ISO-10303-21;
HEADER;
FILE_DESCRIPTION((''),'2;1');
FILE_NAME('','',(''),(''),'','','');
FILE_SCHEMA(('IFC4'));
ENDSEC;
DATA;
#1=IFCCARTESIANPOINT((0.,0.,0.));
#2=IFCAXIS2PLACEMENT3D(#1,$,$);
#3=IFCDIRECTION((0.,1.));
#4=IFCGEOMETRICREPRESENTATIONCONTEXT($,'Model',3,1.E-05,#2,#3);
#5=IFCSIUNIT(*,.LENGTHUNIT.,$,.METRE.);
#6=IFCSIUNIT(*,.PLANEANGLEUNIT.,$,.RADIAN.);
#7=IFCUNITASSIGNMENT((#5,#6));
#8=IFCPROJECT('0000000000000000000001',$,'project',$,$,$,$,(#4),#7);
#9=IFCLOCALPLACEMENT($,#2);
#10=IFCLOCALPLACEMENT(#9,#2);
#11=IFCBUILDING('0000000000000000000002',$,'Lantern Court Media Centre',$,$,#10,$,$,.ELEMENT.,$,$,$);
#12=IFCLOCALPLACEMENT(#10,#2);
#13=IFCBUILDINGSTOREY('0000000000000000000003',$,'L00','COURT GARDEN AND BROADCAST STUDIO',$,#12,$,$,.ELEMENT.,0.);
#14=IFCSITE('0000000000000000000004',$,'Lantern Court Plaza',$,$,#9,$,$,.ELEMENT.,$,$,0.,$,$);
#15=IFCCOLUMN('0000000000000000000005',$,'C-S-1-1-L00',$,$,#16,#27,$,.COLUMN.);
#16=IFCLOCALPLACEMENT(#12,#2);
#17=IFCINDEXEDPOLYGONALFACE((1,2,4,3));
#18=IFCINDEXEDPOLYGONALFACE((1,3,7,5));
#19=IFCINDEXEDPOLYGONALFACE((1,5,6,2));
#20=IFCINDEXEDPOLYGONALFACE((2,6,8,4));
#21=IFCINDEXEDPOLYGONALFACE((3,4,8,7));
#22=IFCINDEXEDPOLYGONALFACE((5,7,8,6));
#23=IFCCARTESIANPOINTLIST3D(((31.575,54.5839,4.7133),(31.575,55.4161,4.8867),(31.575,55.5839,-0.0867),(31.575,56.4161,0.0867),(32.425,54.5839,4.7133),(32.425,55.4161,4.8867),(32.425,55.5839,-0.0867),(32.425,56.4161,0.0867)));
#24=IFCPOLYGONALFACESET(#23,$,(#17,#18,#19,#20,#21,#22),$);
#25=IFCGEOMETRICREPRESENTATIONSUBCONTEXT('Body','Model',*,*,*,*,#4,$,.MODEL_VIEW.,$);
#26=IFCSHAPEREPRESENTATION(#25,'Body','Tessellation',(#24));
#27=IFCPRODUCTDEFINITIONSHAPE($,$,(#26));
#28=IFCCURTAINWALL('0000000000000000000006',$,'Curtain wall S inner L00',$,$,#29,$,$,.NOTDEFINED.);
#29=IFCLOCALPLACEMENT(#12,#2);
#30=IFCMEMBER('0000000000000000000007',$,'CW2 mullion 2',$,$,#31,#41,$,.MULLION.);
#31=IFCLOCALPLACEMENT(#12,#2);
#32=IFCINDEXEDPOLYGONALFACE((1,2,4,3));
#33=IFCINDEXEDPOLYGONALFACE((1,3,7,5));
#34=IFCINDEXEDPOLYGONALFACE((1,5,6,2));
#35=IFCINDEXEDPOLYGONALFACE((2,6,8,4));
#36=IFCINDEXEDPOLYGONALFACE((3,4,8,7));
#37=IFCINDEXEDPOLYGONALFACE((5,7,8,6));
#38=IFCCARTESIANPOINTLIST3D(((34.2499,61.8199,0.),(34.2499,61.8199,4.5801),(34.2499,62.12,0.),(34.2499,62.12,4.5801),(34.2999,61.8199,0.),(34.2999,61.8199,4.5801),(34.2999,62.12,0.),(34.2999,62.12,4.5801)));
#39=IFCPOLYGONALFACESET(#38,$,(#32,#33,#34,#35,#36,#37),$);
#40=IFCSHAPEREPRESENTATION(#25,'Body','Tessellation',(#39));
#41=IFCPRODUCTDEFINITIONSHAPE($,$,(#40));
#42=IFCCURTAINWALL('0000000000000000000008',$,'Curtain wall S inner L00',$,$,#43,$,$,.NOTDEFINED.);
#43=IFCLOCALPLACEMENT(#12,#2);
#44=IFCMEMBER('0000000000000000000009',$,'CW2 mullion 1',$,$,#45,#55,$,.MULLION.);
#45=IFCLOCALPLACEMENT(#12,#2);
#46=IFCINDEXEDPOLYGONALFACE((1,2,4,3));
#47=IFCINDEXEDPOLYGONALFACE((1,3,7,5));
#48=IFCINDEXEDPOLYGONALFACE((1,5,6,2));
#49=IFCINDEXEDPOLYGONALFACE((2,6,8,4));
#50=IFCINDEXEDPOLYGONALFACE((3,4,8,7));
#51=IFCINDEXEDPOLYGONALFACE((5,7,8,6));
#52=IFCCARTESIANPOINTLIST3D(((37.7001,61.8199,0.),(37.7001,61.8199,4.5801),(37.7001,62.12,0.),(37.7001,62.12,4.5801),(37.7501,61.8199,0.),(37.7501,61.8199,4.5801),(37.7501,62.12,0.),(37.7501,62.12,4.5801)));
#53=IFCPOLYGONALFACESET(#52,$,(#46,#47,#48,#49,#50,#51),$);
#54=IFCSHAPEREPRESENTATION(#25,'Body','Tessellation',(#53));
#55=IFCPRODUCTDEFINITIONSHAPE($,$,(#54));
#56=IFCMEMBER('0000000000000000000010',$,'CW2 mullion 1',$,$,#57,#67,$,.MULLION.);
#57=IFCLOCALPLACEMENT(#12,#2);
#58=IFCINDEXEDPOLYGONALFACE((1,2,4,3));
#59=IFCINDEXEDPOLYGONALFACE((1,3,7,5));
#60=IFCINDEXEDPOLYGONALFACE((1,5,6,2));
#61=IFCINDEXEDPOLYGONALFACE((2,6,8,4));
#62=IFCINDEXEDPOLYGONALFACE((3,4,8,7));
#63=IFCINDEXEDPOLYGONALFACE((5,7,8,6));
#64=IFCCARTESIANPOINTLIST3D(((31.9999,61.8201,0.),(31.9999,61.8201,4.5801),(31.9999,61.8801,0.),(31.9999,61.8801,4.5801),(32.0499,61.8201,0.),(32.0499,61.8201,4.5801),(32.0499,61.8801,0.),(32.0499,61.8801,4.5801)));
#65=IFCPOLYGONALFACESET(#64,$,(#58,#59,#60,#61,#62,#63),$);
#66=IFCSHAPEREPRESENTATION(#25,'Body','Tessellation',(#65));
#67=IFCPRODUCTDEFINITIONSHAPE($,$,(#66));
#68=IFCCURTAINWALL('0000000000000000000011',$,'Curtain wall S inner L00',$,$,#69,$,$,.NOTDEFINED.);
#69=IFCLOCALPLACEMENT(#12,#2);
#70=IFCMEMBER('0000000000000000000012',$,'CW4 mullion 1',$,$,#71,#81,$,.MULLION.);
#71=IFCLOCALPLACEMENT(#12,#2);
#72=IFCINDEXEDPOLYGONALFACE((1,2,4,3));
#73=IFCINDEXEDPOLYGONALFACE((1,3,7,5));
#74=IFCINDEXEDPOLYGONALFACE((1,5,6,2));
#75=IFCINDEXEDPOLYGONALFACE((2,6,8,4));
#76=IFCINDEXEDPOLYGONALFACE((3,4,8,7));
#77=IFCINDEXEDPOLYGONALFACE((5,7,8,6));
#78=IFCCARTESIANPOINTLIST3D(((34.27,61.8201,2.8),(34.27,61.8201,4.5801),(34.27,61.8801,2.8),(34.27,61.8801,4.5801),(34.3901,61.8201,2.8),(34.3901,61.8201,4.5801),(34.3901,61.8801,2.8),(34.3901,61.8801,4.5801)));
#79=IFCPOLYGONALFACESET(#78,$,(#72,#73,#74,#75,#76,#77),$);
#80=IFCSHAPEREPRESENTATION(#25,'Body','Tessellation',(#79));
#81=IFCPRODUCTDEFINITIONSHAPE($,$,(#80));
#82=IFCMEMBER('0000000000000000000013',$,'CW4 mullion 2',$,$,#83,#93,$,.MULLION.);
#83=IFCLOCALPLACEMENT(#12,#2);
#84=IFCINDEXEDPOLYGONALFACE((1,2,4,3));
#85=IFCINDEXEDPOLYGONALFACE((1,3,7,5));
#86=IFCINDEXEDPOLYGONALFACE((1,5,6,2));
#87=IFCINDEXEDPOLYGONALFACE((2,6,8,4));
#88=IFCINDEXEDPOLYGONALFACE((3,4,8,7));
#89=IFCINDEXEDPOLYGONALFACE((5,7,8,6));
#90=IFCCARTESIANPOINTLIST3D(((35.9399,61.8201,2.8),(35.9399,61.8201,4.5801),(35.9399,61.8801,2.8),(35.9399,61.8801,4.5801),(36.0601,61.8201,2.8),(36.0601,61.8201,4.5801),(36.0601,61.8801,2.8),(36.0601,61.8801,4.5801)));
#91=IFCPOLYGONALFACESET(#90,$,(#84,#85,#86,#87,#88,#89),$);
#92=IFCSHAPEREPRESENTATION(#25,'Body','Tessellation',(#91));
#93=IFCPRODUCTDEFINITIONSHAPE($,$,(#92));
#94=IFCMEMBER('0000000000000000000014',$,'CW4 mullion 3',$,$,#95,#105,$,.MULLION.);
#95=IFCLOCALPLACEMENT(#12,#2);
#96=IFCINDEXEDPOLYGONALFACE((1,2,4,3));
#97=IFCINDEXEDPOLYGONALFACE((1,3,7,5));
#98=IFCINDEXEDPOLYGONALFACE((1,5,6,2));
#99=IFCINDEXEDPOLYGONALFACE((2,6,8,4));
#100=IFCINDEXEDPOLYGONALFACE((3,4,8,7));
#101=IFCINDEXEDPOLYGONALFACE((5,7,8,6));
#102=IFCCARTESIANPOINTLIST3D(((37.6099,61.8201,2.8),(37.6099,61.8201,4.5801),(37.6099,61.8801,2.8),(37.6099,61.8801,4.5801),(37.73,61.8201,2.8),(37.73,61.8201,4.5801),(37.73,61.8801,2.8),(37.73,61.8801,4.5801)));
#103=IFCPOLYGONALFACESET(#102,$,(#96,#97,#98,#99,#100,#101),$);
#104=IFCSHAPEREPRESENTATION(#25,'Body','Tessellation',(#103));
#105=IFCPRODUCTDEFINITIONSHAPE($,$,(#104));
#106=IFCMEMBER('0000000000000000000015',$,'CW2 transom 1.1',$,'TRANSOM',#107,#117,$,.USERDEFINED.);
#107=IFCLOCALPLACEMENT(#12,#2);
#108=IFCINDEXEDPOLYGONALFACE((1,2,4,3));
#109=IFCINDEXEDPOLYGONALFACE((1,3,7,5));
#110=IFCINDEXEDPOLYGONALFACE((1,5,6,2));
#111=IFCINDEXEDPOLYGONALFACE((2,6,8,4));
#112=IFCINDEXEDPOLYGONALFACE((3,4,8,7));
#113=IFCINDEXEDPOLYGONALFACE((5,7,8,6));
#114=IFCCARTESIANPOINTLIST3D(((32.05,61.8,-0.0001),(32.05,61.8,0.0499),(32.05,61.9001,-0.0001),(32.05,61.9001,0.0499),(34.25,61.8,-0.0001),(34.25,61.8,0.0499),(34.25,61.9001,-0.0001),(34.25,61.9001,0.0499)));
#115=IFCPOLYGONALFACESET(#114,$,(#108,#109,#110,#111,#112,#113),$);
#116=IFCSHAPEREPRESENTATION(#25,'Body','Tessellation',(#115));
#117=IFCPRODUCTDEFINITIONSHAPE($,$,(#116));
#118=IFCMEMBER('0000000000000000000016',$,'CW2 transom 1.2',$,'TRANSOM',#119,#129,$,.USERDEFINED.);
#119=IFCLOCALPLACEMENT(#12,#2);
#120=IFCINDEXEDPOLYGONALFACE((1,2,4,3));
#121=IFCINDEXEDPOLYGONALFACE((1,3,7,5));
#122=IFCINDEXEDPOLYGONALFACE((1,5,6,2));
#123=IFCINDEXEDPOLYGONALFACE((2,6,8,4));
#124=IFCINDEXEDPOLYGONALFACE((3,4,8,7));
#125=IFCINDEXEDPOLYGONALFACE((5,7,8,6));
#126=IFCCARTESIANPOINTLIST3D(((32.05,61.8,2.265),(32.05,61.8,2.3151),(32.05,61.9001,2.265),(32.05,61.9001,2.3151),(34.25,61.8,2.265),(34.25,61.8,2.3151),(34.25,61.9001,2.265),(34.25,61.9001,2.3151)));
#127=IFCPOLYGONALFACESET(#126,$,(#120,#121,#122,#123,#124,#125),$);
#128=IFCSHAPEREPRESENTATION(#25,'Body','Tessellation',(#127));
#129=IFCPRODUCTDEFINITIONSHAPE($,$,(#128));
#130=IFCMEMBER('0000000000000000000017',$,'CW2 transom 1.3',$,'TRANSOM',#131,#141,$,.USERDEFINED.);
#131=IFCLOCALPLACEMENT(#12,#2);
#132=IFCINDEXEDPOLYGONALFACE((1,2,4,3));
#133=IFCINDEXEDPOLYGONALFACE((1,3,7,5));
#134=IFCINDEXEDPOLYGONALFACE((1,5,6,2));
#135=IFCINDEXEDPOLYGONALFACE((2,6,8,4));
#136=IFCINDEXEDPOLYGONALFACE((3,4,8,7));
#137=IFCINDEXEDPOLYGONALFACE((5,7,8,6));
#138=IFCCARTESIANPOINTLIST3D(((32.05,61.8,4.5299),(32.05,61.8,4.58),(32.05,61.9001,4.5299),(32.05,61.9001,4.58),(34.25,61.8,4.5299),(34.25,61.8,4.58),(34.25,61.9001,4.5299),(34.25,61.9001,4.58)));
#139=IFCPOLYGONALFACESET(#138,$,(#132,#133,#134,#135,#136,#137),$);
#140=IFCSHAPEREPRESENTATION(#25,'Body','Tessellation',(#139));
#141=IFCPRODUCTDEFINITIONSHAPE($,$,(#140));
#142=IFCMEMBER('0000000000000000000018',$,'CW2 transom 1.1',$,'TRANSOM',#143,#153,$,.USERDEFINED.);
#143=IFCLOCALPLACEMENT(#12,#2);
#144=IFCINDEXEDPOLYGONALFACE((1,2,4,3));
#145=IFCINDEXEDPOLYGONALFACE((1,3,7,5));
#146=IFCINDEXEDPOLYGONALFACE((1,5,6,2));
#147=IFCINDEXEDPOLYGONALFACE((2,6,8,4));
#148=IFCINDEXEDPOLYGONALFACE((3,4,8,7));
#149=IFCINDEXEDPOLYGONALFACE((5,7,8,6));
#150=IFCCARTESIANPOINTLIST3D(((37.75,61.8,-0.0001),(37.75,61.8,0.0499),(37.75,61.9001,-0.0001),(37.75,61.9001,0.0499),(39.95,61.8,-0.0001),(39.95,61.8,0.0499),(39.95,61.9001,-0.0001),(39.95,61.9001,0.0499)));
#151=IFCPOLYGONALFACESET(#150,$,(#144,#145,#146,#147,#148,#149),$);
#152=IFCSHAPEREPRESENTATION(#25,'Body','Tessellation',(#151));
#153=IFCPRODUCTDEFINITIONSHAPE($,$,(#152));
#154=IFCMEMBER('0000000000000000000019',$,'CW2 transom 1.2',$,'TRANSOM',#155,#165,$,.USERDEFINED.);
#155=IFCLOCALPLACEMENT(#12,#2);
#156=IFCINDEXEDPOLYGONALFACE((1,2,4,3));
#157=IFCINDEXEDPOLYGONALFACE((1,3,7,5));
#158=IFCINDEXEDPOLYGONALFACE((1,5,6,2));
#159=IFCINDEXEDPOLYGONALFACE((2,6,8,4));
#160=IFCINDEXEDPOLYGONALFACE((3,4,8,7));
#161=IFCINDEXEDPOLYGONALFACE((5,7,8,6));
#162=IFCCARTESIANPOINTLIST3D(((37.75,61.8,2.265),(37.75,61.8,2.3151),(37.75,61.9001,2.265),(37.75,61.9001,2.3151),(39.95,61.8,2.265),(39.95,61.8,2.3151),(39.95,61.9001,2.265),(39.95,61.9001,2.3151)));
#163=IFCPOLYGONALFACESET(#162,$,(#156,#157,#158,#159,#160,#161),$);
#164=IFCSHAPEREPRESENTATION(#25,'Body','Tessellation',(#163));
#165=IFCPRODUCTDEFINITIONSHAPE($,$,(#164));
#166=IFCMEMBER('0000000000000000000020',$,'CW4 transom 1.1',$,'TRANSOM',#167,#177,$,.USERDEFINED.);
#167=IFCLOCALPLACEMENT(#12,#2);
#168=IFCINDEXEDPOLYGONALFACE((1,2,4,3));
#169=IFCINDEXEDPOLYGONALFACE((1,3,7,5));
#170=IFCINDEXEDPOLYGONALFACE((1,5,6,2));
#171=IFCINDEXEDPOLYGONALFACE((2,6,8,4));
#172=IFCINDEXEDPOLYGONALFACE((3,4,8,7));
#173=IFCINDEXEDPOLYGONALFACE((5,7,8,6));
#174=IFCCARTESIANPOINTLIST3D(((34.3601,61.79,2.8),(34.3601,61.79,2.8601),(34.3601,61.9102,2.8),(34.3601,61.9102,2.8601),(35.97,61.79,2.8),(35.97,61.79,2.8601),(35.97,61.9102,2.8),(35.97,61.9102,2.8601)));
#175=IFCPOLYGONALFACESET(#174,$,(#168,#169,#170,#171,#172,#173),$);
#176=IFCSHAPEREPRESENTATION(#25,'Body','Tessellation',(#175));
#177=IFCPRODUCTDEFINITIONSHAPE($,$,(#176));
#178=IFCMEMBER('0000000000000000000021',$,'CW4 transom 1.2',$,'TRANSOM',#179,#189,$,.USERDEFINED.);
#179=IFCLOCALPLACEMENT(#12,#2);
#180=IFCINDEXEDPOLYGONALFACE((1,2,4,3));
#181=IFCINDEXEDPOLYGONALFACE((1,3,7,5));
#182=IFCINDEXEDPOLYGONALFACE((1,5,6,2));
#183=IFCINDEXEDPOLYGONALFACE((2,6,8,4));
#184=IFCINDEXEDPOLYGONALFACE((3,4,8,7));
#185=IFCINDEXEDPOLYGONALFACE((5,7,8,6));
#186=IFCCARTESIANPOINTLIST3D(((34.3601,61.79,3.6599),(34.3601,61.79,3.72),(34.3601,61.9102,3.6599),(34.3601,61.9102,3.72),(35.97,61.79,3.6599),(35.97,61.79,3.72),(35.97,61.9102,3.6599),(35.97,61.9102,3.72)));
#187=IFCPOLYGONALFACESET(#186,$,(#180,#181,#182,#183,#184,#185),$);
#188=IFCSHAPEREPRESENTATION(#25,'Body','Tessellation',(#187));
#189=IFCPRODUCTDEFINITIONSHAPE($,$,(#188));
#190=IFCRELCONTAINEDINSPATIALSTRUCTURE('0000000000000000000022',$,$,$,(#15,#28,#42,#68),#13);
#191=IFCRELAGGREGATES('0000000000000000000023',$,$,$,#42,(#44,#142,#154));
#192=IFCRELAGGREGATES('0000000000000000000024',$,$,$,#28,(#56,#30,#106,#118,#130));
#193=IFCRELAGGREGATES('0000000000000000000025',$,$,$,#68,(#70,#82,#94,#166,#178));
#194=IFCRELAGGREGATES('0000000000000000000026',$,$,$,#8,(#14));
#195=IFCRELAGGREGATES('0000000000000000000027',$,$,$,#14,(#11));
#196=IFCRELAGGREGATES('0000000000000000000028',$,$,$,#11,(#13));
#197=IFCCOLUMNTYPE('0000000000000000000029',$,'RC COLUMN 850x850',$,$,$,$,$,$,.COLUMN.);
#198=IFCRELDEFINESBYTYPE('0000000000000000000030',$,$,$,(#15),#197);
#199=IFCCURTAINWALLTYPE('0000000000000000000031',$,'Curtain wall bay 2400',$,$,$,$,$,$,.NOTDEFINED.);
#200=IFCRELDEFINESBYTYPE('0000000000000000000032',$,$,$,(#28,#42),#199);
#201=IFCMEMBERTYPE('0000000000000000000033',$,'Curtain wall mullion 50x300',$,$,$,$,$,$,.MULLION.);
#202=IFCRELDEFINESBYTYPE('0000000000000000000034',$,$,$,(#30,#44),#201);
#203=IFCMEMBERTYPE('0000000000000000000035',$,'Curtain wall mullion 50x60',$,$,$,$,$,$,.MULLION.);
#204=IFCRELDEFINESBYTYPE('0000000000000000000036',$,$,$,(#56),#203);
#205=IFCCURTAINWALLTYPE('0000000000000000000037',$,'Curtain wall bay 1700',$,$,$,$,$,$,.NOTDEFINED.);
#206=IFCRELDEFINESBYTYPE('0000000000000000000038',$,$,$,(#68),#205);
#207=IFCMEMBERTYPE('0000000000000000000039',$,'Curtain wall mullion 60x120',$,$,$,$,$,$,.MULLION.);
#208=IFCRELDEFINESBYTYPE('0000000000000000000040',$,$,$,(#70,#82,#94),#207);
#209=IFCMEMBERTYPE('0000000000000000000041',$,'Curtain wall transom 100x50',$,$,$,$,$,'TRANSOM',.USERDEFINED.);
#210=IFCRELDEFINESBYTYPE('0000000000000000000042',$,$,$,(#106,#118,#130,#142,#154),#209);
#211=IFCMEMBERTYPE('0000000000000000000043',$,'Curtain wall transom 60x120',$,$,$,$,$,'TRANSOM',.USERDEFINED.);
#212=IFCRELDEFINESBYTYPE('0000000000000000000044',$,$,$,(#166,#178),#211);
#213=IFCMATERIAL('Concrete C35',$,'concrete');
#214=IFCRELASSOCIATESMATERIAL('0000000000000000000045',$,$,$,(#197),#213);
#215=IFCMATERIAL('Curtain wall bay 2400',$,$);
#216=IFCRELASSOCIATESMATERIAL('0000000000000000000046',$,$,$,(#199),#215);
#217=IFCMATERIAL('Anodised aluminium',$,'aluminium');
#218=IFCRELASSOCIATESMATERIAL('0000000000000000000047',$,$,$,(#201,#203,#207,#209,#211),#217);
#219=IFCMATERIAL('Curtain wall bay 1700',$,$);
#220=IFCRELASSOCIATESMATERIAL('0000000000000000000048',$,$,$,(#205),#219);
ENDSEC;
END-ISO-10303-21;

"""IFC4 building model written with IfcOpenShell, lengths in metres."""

from ifc_helpers import new_model, si_unit, direction, frame, origin, origin_2d, place, context, subcontext, project, spatial, rectangle, extrude, material, material_profile, profile_set, type_object, element, aggregate, save


model = new_model("IFC4")

# Units and contexts
model_context = context("Model", 3, precision=1e-05, world=origin(), true_north=direction((0.0, 1.0)))
body_context = subcontext(model_context, "Body", "Model", "MODEL_VIEW")
ifc_project = project(units=[si_unit("LENGTHUNIT", "METRE"), si_unit("PLANEANGLEUNIT", "RADIAN")], contexts=[model_context])

# Site, building, storey
site_placement = place(None, origin())
site = spatial("IfcSite", under=ifc_project, at=site_placement, Name="Lantern Court Plaza", CompositionType="ELEMENT", RefElevation=0.0)
building_placement = place(site_placement, origin())
building = spatial("IfcBuilding", under=site, at=building_placement, Name="Lantern Court Media Centre", CompositionType="ELEMENT")
storey_placement = place(building_placement, origin())
storey = spatial("IfcBuildingStorey", under=building, at=storey_placement, Name="L00", Description="COURT GARDEN AND BROADCAST STUDIO", CompositionType="ELEMENT", Elevation=0.0)

# Column
ifc_material_1 = material(Name="Concrete C35", Category="concrete")
ifc_material_profile_1 = material_profile(ifc_material_1, rectangle(XDim=0.8501, YDim=0.8501, at=origin_2d()), Name="RC 850x850")
ifc_profile_set_1 = profile_set([ifc_material_profile_1], Name="Concrete C35")
column_type = type_object("IfcColumnType", Name="RC COLUMN 850x850", PredefinedType="COLUMN", material=ifc_profile_set_1)
column_placement = place(storey_placement, frame((32.0, 56.0, 0.0), z_axis=(0.0, -0.203952, 0.978981), x_axis=(1.0, 0.0, 0.0)))
element("IfcColumn", 1, at=column_placement, inside=storey, type_object=column_type, Name="C-S-1-1-L00", PredefinedType="COLUMN", context=body_context, shape_type="SweptSolid", body=[
    extrude(rectangle(XDim=0.8501, YDim=0.8501, at=origin_2d()), origin(), (0.0, 0.0, 1.0), 4.9031),
])

# Curtain walls, members
ifc_material_2 = material(Name="Curtain wall bay 2400")
curtain_wall_type_1 = type_object("IfcCurtainWallType", Name="Curtain wall bay 2400", PredefinedType="NOTDEFINED", material=ifc_material_2)
curtain_wall_1_placement = place(storey_placement, origin())
curtain_wall_1 = element("IfcCurtainWall", 2, at=curtain_wall_1_placement, inside=storey, type_object=curtain_wall_type_1, Name="Curtain wall S inner L00", PredefinedType="NOTDEFINED")
ifc_material_3 = material(Name="Anodised aluminium", Category="aluminium")
ifc_material_profile_2 = material_profile(ifc_material_3, rectangle(XDim=0.3, YDim=0.05, at=origin_2d()), Name="AL 50x300")
ifc_profile_set_2 = profile_set([ifc_material_profile_2], Name="Anodised aluminium")
member_type_1 = type_object("IfcMemberType", Name="Curtain wall mullion 50x300", PredefinedType="MULLION", material=ifc_profile_set_2)
member_1_placement = place(storey_placement, frame((34.2749, 61.97, 0.0), z_axis=(0.0, 0.0, 1.0), x_axis=(0.0, 1.0, 0.0)))
member_1 = element("IfcMember", 3, at=member_1_placement, type_object=member_type_1, Name="CW2 mullion 2", PredefinedType="MULLION", context=body_context, shape_type="SweptSolid", body=[
    extrude(rectangle(XDim=0.3, YDim=0.05, at=origin_2d()), origin(), (0.0, 0.0, 1.0), 4.5801),
])
curtain_wall_2_placement = place(storey_placement, origin())
curtain_wall_2 = element("IfcCurtainWall", 4, at=curtain_wall_2_placement, inside=storey, type_object=curtain_wall_type_1, Name="Curtain wall S inner L00", PredefinedType="NOTDEFINED")
member_2_placement = place(storey_placement, frame((37.7251, 61.97, 0.0), z_axis=(0.0, 0.0, 1.0), x_axis=(0.0, 1.0, 0.0)))
member_2 = element("IfcMember", 5, at=member_2_placement, type_object=member_type_1, Name="CW2 mullion 1", PredefinedType="MULLION", context=body_context, shape_type="SweptSolid", body=[
    extrude(rectangle(XDim=0.3, YDim=0.05, at=origin_2d()), origin(), (0.0, 0.0, 1.0), 4.5801),
])

# Member
ifc_material_profile_3 = material_profile(ifc_material_3, rectangle(XDim=0.0601, YDim=0.05, at=origin_2d()), Name="AL 50x60")
ifc_profile_set_3 = profile_set([ifc_material_profile_3], Name="Anodised aluminium")
member_type_2 = type_object("IfcMemberType", Name="Curtain wall mullion 50x60", PredefinedType="MULLION", material=ifc_profile_set_3)
member_3_placement = place(storey_placement, frame((32.0249, 61.8501, 0.0), z_axis=(0.0, 0.0, 1.0), x_axis=(0.0, 1.0, 0.0)))
member_3 = element("IfcMember", 6, at=member_3_placement, type_object=member_type_2, Name="CW2 mullion 1", PredefinedType="MULLION", context=body_context, shape_type="SweptSolid", body=[
    extrude(rectangle(XDim=0.0601, YDim=0.05, at=origin_2d()), origin(), (0.0, 0.0, 1.0), 4.5801),
])

# Curtain wall, members
ifc_material_4 = material(Name="Curtain wall bay 1700")
curtain_wall_type_2 = type_object("IfcCurtainWallType", Name="Curtain wall bay 1700", PredefinedType="NOTDEFINED", material=ifc_material_4)
curtain_wall_3_placement = place(storey_placement, origin())
curtain_wall_3 = element("IfcCurtainWall", 7, at=curtain_wall_3_placement, inside=storey, type_object=curtain_wall_type_2, Name="Curtain wall S inner L00", PredefinedType="NOTDEFINED")
ifc_material_profile_4 = material_profile(ifc_material_3, rectangle(XDim=0.0601, YDim=0.1201, at=origin_2d()), Name="AL 60x120")
ifc_profile_set_4 = profile_set([ifc_material_profile_4], Name="Anodised aluminium")
member_type_3 = type_object("IfcMemberType", Name="Curtain wall mullion 60x120", PredefinedType="MULLION", material=ifc_profile_set_4)
member_4_placement = place(storey_placement, frame((34.3301, 61.8501, 2.8), z_axis=(0.0, 0.0, 1.0), x_axis=(0.0, 1.0, 0.0)))
member_4 = element("IfcMember", 8, at=member_4_placement, type_object=member_type_3, Name="CW4 mullion 1", PredefinedType="MULLION", context=body_context, shape_type="SweptSolid", body=[
    extrude(rectangle(XDim=0.0601, YDim=0.1201, at=origin_2d()), origin(), (0.0, 0.0, 1.0), 1.78),
])
member_5_placement = place(storey_placement, frame((36.0, 61.8501, 2.8), z_axis=(0.0, 0.0, 1.0), x_axis=(0.0, 1.0, 0.0)))
member_5 = element("IfcMember", 9, at=member_5_placement, type_object=member_type_3, Name="CW4 mullion 2", PredefinedType="MULLION", context=body_context, shape_type="SweptSolid", body=[
    extrude(rectangle(XDim=0.0601, YDim=0.1201, at=origin_2d()), origin(), (0.0, 0.0, 1.0), 1.78),
])
member_6_placement = place(storey_placement, frame((37.6699, 61.8501, 2.8), z_axis=(0.0, 0.0, 1.0), x_axis=(0.0, 1.0, 0.0)))
member_6 = element("IfcMember", 10, at=member_6_placement, type_object=member_type_3, Name="CW4 mullion 3", PredefinedType="MULLION", context=body_context, shape_type="SweptSolid", body=[
    extrude(rectangle(XDim=0.0601, YDim=0.1201, at=origin_2d()), origin(), (0.0, 0.0, 1.0), 1.78),
])

# Members
ifc_material_profile_5 = material_profile(ifc_material_3, rectangle(XDim=0.1001, YDim=0.05, at=origin_2d()), Name="AL 50x100")
ifc_profile_set_5 = profile_set([ifc_material_profile_5], Name="Anodised aluminium")
member_type_4 = type_object("IfcMemberType", Name="Curtain wall transom 100x50", ElementType="TRANSOM", PredefinedType="USERDEFINED", material=ifc_profile_set_5)
member_7_placement = place(storey_placement, frame((32.05, 61.8501, 0.0249), z_axis=(1.0, 0.0, 0.0), x_axis=(0.0, 1.0, 0.0)))
member_7 = element("IfcMember", 11, at=member_7_placement, type_object=member_type_4, Name="CW2 transom 1.1", ObjectType="TRANSOM", PredefinedType="USERDEFINED", context=body_context, shape_type="SweptSolid", body=[
    extrude(rectangle(XDim=0.1001, YDim=0.05, at=origin_2d()), origin(), (0.0, 0.0, 1.0), 2.2),
])
member_8_placement = place(storey_placement, frame((32.05, 61.8501, 2.29), z_axis=(1.0, 0.0, 0.0), x_axis=(0.0, 1.0, 0.0)))
member_8 = element("IfcMember", 12, at=member_8_placement, type_object=member_type_4, Name="CW2 transom 1.2", ObjectType="TRANSOM", PredefinedType="USERDEFINED", context=body_context, shape_type="SweptSolid", body=[
    extrude(rectangle(XDim=0.1001, YDim=0.05, at=origin_2d()), origin(), (0.0, 0.0, 1.0), 2.2),
])
member_9_placement = place(storey_placement, frame((32.05, 61.8501, 4.5549), z_axis=(1.0, 0.0, 0.0), x_axis=(0.0, 1.0, 0.0)))
member_9 = element("IfcMember", 13, at=member_9_placement, type_object=member_type_4, Name="CW2 transom 1.3", ObjectType="TRANSOM", PredefinedType="USERDEFINED", context=body_context, shape_type="SweptSolid", body=[
    extrude(rectangle(XDim=0.1001, YDim=0.05, at=origin_2d()), origin(), (0.0, 0.0, 1.0), 2.2),
])
member_10_placement = place(storey_placement, frame((37.75, 61.8501, 0.0249), z_axis=(1.0, 0.0, 0.0), x_axis=(0.0, 1.0, 0.0)))
member_10 = element("IfcMember", 14, at=member_10_placement, type_object=member_type_4, Name="CW2 transom 1.1", ObjectType="TRANSOM", PredefinedType="USERDEFINED", context=body_context, shape_type="SweptSolid", body=[
    extrude(rectangle(XDim=0.1001, YDim=0.05, at=origin_2d()), origin(), (0.0, 0.0, 1.0), 2.2),
])
member_11_placement = place(storey_placement, frame((37.75, 61.8501, 2.29), z_axis=(1.0, 0.0, 0.0), x_axis=(0.0, 1.0, 0.0)))
member_11 = element("IfcMember", 15, at=member_11_placement, type_object=member_type_4, Name="CW2 transom 1.2", ObjectType="TRANSOM", PredefinedType="USERDEFINED", context=body_context, shape_type="SweptSolid", body=[
    extrude(rectangle(XDim=0.1001, YDim=0.05, at=origin_2d()), origin(), (0.0, 0.0, 1.0), 2.2),
])
aggregate(curtain_wall_2, [member_2, member_10, member_11])
ifc_material_profile_6 = material_profile(ifc_material_3, rectangle(XDim=0.1201, YDim=0.0601, at=origin_2d()), Name="AL 60x120")
ifc_profile_set_6 = profile_set([ifc_material_profile_6], Name="Anodised aluminium")
member_type_5 = type_object("IfcMemberType", Name="Curtain wall transom 60x120", ElementType="TRANSOM", PredefinedType="USERDEFINED", material=ifc_profile_set_6)
member_12_placement = place(storey_placement, frame((34.3601, 61.8501, 2.8301), z_axis=(1.0, 0.0, 0.0), x_axis=(0.0, 1.0, 0.0)))
member_12 = element("IfcMember", 16, at=member_12_placement, type_object=member_type_5, Name="CW4 transom 1.1", ObjectType="TRANSOM", PredefinedType="USERDEFINED", context=body_context, shape_type="SweptSolid", body=[
    extrude(rectangle(XDim=0.1201, YDim=0.0601, at=origin_2d()), origin(), (0.0, 0.0, 1.0), 1.6099),
])
member_13_placement = place(storey_placement, frame((34.3601, 61.8501, 3.6899), z_axis=(1.0, 0.0, 0.0), x_axis=(0.0, 1.0, 0.0)))
member_13 = element("IfcMember", 17, at=member_13_placement, type_object=member_type_5, Name="CW4 transom 1.2", ObjectType="TRANSOM", PredefinedType="USERDEFINED", context=body_context, shape_type="SweptSolid", body=[
    extrude(rectangle(XDim=0.1201, YDim=0.0601, at=origin_2d()), origin(), (0.0, 0.0, 1.0), 1.6099),
])

aggregate(curtain_wall_1, [member_3, member_1, member_7, member_8, member_9])
aggregate(curtain_wall_3, [member_4, member_5, member_6, member_12, member_13])

save(model, "model.ifc")
